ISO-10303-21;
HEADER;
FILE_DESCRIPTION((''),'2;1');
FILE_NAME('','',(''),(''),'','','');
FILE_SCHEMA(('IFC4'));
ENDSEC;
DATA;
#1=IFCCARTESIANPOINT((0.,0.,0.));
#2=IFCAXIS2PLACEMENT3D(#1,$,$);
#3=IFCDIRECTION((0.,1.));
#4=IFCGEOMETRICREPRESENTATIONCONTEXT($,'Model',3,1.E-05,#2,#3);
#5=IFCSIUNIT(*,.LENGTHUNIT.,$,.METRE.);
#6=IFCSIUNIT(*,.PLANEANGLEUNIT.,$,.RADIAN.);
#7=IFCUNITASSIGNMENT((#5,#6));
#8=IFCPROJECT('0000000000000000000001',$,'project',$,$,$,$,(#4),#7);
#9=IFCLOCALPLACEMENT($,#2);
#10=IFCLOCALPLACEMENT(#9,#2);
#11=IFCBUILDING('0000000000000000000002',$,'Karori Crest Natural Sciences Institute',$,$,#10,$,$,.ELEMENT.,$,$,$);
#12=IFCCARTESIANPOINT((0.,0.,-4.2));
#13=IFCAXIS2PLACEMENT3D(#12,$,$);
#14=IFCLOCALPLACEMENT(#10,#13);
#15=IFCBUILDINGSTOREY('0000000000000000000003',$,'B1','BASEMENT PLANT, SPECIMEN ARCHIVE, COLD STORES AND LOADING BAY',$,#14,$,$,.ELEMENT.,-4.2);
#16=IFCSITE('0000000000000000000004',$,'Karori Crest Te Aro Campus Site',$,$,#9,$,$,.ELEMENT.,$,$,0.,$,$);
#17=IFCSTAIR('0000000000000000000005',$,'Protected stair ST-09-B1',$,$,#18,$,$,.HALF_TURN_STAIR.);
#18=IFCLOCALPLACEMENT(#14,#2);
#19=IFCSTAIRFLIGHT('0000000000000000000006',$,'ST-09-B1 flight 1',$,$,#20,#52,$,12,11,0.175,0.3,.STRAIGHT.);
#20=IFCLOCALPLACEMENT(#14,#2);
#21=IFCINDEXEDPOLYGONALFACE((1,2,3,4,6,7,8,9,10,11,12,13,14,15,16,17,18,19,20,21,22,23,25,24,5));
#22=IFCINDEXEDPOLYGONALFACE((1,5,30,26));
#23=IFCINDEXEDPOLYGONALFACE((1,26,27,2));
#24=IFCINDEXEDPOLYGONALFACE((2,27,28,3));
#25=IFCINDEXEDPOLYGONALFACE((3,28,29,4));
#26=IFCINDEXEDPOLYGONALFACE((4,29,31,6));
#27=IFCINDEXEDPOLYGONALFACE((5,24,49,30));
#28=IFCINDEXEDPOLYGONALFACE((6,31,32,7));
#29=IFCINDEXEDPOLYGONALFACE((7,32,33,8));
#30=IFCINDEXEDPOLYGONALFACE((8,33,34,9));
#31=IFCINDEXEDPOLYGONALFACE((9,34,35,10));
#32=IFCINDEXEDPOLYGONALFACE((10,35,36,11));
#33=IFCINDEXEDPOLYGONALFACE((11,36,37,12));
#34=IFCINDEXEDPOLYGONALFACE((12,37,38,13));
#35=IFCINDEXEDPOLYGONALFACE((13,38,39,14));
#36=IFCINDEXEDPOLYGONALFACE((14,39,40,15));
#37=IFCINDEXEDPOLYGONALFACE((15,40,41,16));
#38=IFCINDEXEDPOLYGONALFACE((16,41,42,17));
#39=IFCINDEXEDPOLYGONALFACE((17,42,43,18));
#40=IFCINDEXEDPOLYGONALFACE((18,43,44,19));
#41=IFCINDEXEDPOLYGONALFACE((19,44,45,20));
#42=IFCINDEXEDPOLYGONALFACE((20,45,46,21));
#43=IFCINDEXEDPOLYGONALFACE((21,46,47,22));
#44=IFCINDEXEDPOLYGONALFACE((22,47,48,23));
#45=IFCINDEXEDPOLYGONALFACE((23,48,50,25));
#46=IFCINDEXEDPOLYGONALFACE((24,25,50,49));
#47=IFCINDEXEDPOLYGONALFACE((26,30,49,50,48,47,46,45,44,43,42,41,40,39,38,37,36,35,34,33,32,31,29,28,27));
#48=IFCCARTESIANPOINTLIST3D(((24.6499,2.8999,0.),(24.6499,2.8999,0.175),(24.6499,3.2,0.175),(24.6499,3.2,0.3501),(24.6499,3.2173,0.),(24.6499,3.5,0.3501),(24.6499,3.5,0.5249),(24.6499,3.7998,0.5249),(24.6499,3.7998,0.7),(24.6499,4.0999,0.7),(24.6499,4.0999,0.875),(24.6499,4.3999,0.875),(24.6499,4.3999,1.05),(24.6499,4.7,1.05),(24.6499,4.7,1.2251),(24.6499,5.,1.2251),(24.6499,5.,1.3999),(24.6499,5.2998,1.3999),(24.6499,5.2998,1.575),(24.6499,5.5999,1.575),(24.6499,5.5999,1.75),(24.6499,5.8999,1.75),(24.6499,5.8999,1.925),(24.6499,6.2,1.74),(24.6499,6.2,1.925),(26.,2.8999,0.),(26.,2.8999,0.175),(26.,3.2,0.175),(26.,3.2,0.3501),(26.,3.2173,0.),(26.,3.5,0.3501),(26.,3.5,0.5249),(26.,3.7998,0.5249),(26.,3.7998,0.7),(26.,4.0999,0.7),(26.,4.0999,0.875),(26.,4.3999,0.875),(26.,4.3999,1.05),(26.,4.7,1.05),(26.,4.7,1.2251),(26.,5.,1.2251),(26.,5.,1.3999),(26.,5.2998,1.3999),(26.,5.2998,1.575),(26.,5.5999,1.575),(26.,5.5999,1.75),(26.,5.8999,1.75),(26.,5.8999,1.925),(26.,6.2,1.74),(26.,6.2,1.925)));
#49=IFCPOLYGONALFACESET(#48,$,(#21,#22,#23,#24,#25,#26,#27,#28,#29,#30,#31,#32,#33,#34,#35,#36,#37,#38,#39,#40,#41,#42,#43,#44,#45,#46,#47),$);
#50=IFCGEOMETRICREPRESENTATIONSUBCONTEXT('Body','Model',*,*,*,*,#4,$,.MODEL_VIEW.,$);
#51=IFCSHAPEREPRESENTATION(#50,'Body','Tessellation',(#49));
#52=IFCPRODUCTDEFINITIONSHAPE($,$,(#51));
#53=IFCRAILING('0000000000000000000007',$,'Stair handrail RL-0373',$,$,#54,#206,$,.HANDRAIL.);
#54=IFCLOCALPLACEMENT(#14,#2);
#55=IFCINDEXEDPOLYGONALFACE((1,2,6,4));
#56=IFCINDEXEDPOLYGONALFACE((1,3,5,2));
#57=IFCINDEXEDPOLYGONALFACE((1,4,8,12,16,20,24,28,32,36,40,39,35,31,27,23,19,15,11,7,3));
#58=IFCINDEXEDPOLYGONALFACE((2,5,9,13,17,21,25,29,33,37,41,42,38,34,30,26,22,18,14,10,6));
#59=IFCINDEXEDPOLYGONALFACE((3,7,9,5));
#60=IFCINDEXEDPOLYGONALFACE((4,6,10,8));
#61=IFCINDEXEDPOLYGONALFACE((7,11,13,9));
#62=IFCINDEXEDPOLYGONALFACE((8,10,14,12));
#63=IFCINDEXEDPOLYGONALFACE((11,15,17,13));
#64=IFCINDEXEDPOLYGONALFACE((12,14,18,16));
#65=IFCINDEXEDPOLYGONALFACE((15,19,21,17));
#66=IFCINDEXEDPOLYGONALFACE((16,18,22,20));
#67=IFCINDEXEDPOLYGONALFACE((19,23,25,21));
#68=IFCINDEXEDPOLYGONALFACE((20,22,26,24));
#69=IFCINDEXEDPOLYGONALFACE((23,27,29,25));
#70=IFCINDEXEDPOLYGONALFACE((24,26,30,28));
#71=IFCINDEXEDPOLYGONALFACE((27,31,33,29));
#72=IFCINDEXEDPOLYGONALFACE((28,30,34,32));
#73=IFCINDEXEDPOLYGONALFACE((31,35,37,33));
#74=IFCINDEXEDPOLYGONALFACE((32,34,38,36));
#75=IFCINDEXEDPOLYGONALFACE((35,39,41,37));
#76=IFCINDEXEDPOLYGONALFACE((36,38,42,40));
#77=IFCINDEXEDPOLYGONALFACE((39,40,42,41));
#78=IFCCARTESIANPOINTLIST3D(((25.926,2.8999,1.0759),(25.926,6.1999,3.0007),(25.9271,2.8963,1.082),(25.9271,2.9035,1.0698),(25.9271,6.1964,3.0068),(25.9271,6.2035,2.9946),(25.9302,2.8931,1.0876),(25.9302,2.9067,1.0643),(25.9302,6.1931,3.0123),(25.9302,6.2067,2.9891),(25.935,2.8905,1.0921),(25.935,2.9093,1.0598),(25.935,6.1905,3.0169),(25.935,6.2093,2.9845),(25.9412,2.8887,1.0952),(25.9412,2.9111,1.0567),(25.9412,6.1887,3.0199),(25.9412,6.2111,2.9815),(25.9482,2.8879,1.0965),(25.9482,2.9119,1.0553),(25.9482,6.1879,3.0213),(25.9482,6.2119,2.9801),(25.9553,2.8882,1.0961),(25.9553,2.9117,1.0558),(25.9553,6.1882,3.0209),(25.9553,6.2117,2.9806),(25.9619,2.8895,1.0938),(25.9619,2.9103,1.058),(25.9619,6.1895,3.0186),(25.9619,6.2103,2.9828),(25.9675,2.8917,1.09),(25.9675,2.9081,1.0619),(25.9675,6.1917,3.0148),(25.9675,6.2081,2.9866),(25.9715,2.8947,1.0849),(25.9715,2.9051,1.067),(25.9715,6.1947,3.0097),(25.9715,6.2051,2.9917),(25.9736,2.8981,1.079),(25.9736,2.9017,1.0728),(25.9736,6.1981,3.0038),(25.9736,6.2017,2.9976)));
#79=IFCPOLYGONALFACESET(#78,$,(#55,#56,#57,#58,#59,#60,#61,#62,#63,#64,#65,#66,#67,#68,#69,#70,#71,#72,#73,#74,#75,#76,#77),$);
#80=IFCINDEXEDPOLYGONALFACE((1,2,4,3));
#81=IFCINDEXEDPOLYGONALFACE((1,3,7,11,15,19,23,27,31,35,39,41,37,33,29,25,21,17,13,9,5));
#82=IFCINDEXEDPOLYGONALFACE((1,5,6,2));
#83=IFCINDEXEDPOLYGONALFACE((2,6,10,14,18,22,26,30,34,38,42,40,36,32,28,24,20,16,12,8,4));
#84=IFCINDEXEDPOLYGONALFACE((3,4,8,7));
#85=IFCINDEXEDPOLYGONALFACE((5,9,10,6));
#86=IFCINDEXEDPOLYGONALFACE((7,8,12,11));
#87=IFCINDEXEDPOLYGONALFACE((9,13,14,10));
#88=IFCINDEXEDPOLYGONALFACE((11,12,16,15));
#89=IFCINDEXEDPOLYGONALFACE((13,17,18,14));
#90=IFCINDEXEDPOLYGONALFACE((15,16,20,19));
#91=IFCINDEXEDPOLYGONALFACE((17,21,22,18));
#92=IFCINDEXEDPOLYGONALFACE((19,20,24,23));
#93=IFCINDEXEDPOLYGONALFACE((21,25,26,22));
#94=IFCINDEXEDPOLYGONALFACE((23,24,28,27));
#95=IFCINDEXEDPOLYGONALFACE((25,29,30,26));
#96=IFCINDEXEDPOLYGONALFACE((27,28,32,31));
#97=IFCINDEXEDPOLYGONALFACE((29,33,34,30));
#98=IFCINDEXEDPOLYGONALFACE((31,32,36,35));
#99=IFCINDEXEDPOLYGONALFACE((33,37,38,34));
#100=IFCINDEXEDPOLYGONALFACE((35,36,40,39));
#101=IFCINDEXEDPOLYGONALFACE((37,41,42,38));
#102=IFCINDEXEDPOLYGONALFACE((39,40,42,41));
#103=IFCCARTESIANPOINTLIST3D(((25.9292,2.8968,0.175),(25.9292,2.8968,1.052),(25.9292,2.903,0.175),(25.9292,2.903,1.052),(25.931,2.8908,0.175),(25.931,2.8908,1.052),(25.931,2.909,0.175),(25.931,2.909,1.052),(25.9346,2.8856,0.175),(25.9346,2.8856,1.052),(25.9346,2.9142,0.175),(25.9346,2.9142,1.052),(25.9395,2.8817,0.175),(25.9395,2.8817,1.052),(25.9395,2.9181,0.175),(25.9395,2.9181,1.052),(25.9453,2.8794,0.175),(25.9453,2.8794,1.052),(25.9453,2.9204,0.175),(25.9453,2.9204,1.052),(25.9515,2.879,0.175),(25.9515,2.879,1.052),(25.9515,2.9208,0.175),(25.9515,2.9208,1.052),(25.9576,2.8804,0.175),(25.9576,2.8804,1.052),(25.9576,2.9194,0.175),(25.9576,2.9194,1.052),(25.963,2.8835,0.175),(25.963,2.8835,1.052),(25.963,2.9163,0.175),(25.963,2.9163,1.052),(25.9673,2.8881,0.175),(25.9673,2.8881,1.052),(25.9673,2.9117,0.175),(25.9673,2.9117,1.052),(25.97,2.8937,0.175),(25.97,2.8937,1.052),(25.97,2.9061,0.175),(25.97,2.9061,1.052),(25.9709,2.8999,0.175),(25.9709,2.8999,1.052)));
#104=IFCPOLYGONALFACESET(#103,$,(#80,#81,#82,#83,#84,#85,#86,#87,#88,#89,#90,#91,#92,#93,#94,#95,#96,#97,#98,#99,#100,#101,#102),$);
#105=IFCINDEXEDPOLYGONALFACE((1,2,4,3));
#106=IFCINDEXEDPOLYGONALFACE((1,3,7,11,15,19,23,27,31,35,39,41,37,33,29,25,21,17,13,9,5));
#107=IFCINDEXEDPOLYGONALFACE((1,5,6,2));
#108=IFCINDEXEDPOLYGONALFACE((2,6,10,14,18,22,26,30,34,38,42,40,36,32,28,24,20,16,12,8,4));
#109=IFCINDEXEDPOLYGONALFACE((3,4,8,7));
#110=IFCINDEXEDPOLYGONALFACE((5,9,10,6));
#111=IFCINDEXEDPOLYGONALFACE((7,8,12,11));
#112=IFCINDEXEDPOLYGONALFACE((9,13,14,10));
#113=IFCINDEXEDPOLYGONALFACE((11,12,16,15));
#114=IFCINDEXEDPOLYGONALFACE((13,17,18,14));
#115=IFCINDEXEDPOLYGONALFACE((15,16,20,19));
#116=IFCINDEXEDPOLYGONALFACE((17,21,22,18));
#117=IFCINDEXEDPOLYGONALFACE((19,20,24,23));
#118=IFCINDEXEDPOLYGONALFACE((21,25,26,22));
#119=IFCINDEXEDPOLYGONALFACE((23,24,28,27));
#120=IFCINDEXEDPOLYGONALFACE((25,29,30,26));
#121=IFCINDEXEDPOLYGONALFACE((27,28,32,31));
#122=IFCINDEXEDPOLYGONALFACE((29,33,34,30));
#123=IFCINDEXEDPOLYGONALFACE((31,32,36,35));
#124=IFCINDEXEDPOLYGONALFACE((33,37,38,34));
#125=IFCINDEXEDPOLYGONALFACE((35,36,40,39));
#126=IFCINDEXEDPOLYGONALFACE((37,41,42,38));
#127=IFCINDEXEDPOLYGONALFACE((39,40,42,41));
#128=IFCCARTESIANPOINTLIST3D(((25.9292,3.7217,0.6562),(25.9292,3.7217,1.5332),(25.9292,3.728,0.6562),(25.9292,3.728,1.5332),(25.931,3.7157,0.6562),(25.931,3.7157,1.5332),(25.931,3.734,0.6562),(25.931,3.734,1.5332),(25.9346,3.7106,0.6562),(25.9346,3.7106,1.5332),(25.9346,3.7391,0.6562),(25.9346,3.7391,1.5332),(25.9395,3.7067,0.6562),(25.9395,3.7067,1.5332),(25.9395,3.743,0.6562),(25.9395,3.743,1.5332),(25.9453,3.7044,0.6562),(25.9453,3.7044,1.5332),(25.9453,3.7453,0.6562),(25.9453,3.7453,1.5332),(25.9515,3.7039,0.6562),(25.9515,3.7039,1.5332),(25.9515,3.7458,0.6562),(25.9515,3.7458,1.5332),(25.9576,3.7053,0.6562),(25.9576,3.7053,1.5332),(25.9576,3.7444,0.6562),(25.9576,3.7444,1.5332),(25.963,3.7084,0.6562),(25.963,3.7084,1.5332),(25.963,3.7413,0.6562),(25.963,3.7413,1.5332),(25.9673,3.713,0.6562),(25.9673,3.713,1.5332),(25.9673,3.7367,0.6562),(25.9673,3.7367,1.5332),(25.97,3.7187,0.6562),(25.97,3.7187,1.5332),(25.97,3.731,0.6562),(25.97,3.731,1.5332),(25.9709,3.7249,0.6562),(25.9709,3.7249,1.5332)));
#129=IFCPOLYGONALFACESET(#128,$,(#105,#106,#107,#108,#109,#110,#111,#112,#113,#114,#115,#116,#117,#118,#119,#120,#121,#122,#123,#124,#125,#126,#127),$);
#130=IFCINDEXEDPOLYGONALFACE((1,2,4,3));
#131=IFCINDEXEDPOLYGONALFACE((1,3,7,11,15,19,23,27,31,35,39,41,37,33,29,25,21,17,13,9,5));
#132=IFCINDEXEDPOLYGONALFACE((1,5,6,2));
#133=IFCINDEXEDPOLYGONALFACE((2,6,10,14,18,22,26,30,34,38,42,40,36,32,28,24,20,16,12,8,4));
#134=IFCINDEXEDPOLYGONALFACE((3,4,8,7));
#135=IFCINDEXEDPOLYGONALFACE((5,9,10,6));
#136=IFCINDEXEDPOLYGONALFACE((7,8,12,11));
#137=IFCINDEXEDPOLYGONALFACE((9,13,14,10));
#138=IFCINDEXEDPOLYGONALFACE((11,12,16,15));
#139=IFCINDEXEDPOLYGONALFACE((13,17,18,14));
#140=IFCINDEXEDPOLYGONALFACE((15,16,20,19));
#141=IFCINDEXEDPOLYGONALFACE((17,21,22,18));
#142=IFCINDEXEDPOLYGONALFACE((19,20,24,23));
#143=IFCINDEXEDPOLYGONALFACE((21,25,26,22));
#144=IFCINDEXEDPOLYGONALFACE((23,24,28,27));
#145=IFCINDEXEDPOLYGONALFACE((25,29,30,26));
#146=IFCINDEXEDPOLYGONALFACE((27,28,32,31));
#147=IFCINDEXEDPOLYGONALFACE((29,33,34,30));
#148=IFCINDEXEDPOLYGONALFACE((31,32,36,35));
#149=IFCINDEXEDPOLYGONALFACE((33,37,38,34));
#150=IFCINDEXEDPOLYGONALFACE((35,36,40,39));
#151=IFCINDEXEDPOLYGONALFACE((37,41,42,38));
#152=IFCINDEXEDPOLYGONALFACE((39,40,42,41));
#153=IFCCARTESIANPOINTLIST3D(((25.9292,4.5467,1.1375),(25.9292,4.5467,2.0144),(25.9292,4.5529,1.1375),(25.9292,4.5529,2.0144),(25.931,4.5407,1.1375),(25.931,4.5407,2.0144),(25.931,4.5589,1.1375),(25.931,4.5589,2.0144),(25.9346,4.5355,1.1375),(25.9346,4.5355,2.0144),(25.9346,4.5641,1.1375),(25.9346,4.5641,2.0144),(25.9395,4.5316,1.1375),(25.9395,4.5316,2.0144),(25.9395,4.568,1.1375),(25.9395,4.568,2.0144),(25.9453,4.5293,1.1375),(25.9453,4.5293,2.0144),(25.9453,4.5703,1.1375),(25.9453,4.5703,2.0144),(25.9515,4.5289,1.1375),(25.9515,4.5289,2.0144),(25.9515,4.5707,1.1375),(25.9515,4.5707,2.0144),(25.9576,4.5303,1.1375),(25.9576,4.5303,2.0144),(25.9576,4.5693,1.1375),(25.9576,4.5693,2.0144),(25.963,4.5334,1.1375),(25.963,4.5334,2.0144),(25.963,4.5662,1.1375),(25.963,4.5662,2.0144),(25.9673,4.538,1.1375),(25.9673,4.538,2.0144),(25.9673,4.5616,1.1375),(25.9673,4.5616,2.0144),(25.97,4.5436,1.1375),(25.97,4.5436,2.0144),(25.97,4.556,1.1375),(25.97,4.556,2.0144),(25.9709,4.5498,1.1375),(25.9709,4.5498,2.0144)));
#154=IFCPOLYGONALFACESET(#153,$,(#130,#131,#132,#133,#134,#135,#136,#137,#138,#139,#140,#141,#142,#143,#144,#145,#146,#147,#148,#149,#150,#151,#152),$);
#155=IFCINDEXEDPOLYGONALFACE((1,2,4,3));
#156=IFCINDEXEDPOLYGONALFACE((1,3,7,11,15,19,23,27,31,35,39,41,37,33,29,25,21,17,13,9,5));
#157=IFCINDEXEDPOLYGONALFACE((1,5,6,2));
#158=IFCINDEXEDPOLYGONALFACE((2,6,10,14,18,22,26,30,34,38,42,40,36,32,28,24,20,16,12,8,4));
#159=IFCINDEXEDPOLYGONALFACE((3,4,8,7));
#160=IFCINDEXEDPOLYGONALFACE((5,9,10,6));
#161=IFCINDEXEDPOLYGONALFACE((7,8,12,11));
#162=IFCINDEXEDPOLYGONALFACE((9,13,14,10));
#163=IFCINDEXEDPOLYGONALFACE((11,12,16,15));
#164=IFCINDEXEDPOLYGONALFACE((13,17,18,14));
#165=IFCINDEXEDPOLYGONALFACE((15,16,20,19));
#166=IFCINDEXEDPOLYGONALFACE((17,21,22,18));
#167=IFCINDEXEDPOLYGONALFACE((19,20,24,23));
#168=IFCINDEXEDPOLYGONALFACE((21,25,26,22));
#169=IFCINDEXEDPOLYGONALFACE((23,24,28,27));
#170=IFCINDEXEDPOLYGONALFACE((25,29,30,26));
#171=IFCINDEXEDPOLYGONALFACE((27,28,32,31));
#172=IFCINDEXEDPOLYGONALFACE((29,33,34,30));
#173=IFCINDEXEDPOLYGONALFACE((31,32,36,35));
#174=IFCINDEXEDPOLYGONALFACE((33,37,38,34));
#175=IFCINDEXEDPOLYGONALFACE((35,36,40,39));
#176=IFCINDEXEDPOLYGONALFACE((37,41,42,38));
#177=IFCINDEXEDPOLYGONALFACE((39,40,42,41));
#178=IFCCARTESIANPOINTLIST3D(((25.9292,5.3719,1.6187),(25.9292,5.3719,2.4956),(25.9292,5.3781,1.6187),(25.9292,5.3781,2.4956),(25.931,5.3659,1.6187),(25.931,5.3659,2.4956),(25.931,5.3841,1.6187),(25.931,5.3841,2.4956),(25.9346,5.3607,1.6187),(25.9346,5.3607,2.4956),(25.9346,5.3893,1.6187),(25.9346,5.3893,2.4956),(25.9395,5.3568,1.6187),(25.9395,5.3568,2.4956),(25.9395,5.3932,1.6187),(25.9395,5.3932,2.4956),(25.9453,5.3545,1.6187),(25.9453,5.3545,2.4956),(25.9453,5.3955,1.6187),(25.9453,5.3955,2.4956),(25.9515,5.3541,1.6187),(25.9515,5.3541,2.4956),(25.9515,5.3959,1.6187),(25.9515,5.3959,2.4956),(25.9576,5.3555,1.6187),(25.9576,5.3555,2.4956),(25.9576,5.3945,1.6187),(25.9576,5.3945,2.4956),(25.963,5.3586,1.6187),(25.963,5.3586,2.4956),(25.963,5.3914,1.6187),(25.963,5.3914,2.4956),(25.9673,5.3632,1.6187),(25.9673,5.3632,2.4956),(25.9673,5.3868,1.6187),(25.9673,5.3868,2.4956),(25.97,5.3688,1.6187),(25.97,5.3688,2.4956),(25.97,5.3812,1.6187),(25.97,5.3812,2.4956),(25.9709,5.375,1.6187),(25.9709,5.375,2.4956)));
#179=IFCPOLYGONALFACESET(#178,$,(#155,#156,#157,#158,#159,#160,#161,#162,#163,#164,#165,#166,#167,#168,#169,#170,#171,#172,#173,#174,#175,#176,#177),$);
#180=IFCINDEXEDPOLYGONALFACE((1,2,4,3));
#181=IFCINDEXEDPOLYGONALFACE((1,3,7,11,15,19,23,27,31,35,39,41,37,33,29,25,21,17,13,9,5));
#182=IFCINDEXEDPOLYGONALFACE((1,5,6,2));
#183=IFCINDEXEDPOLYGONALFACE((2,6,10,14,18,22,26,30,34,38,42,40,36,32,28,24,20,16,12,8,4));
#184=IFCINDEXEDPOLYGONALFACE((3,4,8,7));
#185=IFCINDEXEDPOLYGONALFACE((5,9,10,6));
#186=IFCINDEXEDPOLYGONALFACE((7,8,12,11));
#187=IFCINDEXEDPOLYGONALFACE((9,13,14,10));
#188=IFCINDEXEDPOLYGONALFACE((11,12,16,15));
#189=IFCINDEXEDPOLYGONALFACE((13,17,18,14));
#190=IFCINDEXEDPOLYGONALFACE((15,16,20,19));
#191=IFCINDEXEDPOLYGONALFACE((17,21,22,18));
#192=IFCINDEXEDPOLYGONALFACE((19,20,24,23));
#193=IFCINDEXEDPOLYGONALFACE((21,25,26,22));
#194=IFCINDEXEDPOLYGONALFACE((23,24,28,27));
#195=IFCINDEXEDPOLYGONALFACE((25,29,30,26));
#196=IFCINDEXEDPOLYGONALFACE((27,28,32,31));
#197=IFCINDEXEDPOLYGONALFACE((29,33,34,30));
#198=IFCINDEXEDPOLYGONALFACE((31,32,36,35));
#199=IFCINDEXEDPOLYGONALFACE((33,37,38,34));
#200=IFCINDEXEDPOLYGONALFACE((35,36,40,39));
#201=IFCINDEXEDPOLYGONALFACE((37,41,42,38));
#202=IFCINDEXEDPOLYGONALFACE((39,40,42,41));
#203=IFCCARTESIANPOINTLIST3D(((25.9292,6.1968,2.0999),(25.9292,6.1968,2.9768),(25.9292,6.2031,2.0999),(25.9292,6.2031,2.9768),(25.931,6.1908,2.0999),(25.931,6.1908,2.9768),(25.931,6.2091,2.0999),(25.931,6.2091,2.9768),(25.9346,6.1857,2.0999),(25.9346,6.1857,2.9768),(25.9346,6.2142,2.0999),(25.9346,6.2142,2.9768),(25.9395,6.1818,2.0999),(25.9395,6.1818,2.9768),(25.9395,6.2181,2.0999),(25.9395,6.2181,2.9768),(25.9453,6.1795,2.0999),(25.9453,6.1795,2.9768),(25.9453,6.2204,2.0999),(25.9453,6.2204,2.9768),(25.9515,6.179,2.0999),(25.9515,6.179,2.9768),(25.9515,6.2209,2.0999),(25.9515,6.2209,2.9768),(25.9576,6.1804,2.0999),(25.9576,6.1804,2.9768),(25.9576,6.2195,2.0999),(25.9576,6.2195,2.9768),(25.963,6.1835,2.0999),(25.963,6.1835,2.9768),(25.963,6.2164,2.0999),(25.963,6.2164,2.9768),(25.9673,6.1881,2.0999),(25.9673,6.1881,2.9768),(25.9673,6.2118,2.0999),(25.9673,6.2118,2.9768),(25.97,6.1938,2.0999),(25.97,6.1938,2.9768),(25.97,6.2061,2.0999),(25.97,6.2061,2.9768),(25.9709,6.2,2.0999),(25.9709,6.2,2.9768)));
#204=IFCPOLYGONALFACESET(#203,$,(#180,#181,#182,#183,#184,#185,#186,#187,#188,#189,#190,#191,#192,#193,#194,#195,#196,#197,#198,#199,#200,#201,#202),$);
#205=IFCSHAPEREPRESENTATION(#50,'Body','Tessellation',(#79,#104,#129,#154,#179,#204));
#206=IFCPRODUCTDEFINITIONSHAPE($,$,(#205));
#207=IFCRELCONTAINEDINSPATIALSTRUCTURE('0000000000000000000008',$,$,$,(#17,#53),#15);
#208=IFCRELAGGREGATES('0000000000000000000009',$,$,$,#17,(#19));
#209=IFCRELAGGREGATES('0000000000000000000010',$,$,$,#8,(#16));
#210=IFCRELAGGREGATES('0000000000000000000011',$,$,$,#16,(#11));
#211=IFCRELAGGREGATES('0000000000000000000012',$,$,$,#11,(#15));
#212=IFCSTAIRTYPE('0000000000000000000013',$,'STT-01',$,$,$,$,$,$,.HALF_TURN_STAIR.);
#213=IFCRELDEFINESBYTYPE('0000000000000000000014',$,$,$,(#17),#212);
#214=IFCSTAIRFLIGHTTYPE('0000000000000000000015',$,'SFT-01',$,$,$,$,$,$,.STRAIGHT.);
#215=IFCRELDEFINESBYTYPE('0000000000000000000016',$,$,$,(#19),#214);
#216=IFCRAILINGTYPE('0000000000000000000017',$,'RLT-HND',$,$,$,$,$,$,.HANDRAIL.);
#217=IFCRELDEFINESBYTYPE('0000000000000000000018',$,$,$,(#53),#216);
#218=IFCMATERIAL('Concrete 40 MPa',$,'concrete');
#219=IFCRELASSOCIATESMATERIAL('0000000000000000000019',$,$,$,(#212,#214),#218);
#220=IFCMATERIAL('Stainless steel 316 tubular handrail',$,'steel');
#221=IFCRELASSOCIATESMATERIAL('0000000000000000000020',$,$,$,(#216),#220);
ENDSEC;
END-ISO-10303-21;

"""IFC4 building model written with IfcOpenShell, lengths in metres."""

from ifc_helpers import new_model, si_unit, direction, frame, origin, origin_2d, place, context, subcontext, project, spatial, polyline, circle, outline, extrude, material, type_object, element, aggregate, save


model = new_model("IFC4")

# Units and contexts
model_context = context("Model", 3, precision=1e-05, world=origin(), true_north=direction((0.0, 1.0)))
body_context = subcontext(model_context, "Body", "Model", "MODEL_VIEW")
ifc_project = project(units=[si_unit("LENGTHUNIT", "METRE"), si_unit("PLANEANGLEUNIT", "RADIAN")], contexts=[model_context])

# Site, building, storey
site_placement = place(None, origin())
site = spatial("IfcSite", under=ifc_project, at=site_placement, Name="Karori Crest Te Aro Campus Site", CompositionType="ELEMENT", RefElevation=0.0)
building_placement = place(site_placement, origin())
building = spatial("IfcBuilding", under=site, at=building_placement, Name="Karori Crest Natural Sciences Institute", CompositionType="ELEMENT")
storey_placement = place(building_placement, frame((0.0, 0.0, -4.2)))
storey = spatial("IfcBuildingStorey", under=building, at=storey_placement, Name="B1", Description="BASEMENT PLANT, SPECIMEN ARCHIVE, COLD STORES AND LOADING BAY", CompositionType="ELEMENT", Elevation=-4.2)

# Shared definitions
ifc_material_1 = material(Name="Concrete 40 MPa", Category="concrete")

# Stair, stair flight
stair_type = type_object("IfcStairType", Name="STT-01", PredefinedType="HALF_TURN_STAIR", material=ifc_material_1)
stair_placement = place(storey_placement, origin())
stair = element("IfcStair", 1, at=stair_placement, inside=storey, type_object=stair_type, Name="Protected stair ST-09-B1", PredefinedType="HALF_TURN_STAIR")
stair_flight_type = type_object("IfcStairFlightType", Name="SFT-01", PredefinedType="STRAIGHT", material=ifc_material_1)
stair_flight_placement = place(storey_placement, frame((25.325, 2.8999, 0.0), z_axis=(0.0, 0.0, 1.0), x_axis=(0.0, 1.0, 0.0)))
stair_flight = element("IfcStairFlight", 2, at=stair_flight_placement, type_object=stair_flight_type, Name="ST-09-B1 flight 1", NumberOfRisers=12, NumberOfTreads=11, PredefinedType="STRAIGHT", RiserHeight=0.175, TreadLength=0.3, context=body_context, shape_type="SweptSolid", body=[
    extrude(outline(polyline([(0.0, 0.0), (0.0, 0.175), (0.3, 0.175), (0.3, 0.3501), (0.6001, 0.3501), (0.6001, 0.5249), (0.8999, 0.5249), (0.8999, 0.7), (1.2, 0.7), (1.2, 0.875), (1.5, 0.875), (1.5, 1.05), (1.8, 1.05), (1.8, 1.2251), (2.1001, 1.2251), (2.1001, 1.3999), (2.3999, 1.3999), (2.3999, 1.575), (2.7, 1.575), (2.7, 1.75), (3.0, 1.75), (3.0, 1.925), (3.3, 1.925), (3.3, 2.1001), (3.3, 1.74), (0.3174, 0.0), (0.0, 0.0)])), frame((0.0, 0.675, 0.0), z_axis=(0.0, -1.0, 0.0), x_axis=(1.0, 0.0, 0.0)), (0.0, 0.0, 1.0), 1.3501),
])
aggregate(stair, [stair_flight])

# Railing
ifc_material_2 = material(Name="Stainless steel 316 tubular handrail", Category="steel")
railing_type_1 = type_object("IfcRailingType", Name="RLT-HND", PredefinedType="HANDRAIL", material=ifc_material_2)
railing_1_placement = place(storey_placement, frame((25.95, 2.8999, 0.175)))
element("IfcRailing", 3, at=railing_1_placement, inside=storey, type_object=railing_type_1, Name="Stair handrail RL-0373", PredefinedType="HANDRAIL", context=body_context, shape_type="SweptSolid", body=[
    extrude(circle(Radius=0.0239, at=origin_2d()), frame((0.0, 0.0, 0.9009), z_axis=(0.0, 0.863804, 0.503827), x_axis=(-1.0, 0.0, 0.0)), (0.0, 0.0, 1.0), 3.8203),
    extrude(circle(Radius=0.021, at=origin_2d()), origin(), (0.0, 0.0, 1.0), 0.877),
    extrude(circle(Radius=0.021, at=origin_2d()), frame((0.0, 0.825, 0.4812)), (0.0, 0.0, 1.0), 0.877),
    extrude(circle(Radius=0.021, at=origin_2d()), frame((0.0, 1.6499, 0.9624)), (0.0, 0.0, 1.0), 0.877),
    extrude(circle(Radius=0.021, at=origin_2d()), frame((0.0, 2.4751, 1.4436)), (0.0, 0.0, 1.0), 0.877),
    extrude(circle(Radius=0.021, at=origin_2d()), frame((0.0, 3.3, 1.9248)), (0.0, 0.0, 1.0), 0.877),
])

save(model, "model.ifc")
